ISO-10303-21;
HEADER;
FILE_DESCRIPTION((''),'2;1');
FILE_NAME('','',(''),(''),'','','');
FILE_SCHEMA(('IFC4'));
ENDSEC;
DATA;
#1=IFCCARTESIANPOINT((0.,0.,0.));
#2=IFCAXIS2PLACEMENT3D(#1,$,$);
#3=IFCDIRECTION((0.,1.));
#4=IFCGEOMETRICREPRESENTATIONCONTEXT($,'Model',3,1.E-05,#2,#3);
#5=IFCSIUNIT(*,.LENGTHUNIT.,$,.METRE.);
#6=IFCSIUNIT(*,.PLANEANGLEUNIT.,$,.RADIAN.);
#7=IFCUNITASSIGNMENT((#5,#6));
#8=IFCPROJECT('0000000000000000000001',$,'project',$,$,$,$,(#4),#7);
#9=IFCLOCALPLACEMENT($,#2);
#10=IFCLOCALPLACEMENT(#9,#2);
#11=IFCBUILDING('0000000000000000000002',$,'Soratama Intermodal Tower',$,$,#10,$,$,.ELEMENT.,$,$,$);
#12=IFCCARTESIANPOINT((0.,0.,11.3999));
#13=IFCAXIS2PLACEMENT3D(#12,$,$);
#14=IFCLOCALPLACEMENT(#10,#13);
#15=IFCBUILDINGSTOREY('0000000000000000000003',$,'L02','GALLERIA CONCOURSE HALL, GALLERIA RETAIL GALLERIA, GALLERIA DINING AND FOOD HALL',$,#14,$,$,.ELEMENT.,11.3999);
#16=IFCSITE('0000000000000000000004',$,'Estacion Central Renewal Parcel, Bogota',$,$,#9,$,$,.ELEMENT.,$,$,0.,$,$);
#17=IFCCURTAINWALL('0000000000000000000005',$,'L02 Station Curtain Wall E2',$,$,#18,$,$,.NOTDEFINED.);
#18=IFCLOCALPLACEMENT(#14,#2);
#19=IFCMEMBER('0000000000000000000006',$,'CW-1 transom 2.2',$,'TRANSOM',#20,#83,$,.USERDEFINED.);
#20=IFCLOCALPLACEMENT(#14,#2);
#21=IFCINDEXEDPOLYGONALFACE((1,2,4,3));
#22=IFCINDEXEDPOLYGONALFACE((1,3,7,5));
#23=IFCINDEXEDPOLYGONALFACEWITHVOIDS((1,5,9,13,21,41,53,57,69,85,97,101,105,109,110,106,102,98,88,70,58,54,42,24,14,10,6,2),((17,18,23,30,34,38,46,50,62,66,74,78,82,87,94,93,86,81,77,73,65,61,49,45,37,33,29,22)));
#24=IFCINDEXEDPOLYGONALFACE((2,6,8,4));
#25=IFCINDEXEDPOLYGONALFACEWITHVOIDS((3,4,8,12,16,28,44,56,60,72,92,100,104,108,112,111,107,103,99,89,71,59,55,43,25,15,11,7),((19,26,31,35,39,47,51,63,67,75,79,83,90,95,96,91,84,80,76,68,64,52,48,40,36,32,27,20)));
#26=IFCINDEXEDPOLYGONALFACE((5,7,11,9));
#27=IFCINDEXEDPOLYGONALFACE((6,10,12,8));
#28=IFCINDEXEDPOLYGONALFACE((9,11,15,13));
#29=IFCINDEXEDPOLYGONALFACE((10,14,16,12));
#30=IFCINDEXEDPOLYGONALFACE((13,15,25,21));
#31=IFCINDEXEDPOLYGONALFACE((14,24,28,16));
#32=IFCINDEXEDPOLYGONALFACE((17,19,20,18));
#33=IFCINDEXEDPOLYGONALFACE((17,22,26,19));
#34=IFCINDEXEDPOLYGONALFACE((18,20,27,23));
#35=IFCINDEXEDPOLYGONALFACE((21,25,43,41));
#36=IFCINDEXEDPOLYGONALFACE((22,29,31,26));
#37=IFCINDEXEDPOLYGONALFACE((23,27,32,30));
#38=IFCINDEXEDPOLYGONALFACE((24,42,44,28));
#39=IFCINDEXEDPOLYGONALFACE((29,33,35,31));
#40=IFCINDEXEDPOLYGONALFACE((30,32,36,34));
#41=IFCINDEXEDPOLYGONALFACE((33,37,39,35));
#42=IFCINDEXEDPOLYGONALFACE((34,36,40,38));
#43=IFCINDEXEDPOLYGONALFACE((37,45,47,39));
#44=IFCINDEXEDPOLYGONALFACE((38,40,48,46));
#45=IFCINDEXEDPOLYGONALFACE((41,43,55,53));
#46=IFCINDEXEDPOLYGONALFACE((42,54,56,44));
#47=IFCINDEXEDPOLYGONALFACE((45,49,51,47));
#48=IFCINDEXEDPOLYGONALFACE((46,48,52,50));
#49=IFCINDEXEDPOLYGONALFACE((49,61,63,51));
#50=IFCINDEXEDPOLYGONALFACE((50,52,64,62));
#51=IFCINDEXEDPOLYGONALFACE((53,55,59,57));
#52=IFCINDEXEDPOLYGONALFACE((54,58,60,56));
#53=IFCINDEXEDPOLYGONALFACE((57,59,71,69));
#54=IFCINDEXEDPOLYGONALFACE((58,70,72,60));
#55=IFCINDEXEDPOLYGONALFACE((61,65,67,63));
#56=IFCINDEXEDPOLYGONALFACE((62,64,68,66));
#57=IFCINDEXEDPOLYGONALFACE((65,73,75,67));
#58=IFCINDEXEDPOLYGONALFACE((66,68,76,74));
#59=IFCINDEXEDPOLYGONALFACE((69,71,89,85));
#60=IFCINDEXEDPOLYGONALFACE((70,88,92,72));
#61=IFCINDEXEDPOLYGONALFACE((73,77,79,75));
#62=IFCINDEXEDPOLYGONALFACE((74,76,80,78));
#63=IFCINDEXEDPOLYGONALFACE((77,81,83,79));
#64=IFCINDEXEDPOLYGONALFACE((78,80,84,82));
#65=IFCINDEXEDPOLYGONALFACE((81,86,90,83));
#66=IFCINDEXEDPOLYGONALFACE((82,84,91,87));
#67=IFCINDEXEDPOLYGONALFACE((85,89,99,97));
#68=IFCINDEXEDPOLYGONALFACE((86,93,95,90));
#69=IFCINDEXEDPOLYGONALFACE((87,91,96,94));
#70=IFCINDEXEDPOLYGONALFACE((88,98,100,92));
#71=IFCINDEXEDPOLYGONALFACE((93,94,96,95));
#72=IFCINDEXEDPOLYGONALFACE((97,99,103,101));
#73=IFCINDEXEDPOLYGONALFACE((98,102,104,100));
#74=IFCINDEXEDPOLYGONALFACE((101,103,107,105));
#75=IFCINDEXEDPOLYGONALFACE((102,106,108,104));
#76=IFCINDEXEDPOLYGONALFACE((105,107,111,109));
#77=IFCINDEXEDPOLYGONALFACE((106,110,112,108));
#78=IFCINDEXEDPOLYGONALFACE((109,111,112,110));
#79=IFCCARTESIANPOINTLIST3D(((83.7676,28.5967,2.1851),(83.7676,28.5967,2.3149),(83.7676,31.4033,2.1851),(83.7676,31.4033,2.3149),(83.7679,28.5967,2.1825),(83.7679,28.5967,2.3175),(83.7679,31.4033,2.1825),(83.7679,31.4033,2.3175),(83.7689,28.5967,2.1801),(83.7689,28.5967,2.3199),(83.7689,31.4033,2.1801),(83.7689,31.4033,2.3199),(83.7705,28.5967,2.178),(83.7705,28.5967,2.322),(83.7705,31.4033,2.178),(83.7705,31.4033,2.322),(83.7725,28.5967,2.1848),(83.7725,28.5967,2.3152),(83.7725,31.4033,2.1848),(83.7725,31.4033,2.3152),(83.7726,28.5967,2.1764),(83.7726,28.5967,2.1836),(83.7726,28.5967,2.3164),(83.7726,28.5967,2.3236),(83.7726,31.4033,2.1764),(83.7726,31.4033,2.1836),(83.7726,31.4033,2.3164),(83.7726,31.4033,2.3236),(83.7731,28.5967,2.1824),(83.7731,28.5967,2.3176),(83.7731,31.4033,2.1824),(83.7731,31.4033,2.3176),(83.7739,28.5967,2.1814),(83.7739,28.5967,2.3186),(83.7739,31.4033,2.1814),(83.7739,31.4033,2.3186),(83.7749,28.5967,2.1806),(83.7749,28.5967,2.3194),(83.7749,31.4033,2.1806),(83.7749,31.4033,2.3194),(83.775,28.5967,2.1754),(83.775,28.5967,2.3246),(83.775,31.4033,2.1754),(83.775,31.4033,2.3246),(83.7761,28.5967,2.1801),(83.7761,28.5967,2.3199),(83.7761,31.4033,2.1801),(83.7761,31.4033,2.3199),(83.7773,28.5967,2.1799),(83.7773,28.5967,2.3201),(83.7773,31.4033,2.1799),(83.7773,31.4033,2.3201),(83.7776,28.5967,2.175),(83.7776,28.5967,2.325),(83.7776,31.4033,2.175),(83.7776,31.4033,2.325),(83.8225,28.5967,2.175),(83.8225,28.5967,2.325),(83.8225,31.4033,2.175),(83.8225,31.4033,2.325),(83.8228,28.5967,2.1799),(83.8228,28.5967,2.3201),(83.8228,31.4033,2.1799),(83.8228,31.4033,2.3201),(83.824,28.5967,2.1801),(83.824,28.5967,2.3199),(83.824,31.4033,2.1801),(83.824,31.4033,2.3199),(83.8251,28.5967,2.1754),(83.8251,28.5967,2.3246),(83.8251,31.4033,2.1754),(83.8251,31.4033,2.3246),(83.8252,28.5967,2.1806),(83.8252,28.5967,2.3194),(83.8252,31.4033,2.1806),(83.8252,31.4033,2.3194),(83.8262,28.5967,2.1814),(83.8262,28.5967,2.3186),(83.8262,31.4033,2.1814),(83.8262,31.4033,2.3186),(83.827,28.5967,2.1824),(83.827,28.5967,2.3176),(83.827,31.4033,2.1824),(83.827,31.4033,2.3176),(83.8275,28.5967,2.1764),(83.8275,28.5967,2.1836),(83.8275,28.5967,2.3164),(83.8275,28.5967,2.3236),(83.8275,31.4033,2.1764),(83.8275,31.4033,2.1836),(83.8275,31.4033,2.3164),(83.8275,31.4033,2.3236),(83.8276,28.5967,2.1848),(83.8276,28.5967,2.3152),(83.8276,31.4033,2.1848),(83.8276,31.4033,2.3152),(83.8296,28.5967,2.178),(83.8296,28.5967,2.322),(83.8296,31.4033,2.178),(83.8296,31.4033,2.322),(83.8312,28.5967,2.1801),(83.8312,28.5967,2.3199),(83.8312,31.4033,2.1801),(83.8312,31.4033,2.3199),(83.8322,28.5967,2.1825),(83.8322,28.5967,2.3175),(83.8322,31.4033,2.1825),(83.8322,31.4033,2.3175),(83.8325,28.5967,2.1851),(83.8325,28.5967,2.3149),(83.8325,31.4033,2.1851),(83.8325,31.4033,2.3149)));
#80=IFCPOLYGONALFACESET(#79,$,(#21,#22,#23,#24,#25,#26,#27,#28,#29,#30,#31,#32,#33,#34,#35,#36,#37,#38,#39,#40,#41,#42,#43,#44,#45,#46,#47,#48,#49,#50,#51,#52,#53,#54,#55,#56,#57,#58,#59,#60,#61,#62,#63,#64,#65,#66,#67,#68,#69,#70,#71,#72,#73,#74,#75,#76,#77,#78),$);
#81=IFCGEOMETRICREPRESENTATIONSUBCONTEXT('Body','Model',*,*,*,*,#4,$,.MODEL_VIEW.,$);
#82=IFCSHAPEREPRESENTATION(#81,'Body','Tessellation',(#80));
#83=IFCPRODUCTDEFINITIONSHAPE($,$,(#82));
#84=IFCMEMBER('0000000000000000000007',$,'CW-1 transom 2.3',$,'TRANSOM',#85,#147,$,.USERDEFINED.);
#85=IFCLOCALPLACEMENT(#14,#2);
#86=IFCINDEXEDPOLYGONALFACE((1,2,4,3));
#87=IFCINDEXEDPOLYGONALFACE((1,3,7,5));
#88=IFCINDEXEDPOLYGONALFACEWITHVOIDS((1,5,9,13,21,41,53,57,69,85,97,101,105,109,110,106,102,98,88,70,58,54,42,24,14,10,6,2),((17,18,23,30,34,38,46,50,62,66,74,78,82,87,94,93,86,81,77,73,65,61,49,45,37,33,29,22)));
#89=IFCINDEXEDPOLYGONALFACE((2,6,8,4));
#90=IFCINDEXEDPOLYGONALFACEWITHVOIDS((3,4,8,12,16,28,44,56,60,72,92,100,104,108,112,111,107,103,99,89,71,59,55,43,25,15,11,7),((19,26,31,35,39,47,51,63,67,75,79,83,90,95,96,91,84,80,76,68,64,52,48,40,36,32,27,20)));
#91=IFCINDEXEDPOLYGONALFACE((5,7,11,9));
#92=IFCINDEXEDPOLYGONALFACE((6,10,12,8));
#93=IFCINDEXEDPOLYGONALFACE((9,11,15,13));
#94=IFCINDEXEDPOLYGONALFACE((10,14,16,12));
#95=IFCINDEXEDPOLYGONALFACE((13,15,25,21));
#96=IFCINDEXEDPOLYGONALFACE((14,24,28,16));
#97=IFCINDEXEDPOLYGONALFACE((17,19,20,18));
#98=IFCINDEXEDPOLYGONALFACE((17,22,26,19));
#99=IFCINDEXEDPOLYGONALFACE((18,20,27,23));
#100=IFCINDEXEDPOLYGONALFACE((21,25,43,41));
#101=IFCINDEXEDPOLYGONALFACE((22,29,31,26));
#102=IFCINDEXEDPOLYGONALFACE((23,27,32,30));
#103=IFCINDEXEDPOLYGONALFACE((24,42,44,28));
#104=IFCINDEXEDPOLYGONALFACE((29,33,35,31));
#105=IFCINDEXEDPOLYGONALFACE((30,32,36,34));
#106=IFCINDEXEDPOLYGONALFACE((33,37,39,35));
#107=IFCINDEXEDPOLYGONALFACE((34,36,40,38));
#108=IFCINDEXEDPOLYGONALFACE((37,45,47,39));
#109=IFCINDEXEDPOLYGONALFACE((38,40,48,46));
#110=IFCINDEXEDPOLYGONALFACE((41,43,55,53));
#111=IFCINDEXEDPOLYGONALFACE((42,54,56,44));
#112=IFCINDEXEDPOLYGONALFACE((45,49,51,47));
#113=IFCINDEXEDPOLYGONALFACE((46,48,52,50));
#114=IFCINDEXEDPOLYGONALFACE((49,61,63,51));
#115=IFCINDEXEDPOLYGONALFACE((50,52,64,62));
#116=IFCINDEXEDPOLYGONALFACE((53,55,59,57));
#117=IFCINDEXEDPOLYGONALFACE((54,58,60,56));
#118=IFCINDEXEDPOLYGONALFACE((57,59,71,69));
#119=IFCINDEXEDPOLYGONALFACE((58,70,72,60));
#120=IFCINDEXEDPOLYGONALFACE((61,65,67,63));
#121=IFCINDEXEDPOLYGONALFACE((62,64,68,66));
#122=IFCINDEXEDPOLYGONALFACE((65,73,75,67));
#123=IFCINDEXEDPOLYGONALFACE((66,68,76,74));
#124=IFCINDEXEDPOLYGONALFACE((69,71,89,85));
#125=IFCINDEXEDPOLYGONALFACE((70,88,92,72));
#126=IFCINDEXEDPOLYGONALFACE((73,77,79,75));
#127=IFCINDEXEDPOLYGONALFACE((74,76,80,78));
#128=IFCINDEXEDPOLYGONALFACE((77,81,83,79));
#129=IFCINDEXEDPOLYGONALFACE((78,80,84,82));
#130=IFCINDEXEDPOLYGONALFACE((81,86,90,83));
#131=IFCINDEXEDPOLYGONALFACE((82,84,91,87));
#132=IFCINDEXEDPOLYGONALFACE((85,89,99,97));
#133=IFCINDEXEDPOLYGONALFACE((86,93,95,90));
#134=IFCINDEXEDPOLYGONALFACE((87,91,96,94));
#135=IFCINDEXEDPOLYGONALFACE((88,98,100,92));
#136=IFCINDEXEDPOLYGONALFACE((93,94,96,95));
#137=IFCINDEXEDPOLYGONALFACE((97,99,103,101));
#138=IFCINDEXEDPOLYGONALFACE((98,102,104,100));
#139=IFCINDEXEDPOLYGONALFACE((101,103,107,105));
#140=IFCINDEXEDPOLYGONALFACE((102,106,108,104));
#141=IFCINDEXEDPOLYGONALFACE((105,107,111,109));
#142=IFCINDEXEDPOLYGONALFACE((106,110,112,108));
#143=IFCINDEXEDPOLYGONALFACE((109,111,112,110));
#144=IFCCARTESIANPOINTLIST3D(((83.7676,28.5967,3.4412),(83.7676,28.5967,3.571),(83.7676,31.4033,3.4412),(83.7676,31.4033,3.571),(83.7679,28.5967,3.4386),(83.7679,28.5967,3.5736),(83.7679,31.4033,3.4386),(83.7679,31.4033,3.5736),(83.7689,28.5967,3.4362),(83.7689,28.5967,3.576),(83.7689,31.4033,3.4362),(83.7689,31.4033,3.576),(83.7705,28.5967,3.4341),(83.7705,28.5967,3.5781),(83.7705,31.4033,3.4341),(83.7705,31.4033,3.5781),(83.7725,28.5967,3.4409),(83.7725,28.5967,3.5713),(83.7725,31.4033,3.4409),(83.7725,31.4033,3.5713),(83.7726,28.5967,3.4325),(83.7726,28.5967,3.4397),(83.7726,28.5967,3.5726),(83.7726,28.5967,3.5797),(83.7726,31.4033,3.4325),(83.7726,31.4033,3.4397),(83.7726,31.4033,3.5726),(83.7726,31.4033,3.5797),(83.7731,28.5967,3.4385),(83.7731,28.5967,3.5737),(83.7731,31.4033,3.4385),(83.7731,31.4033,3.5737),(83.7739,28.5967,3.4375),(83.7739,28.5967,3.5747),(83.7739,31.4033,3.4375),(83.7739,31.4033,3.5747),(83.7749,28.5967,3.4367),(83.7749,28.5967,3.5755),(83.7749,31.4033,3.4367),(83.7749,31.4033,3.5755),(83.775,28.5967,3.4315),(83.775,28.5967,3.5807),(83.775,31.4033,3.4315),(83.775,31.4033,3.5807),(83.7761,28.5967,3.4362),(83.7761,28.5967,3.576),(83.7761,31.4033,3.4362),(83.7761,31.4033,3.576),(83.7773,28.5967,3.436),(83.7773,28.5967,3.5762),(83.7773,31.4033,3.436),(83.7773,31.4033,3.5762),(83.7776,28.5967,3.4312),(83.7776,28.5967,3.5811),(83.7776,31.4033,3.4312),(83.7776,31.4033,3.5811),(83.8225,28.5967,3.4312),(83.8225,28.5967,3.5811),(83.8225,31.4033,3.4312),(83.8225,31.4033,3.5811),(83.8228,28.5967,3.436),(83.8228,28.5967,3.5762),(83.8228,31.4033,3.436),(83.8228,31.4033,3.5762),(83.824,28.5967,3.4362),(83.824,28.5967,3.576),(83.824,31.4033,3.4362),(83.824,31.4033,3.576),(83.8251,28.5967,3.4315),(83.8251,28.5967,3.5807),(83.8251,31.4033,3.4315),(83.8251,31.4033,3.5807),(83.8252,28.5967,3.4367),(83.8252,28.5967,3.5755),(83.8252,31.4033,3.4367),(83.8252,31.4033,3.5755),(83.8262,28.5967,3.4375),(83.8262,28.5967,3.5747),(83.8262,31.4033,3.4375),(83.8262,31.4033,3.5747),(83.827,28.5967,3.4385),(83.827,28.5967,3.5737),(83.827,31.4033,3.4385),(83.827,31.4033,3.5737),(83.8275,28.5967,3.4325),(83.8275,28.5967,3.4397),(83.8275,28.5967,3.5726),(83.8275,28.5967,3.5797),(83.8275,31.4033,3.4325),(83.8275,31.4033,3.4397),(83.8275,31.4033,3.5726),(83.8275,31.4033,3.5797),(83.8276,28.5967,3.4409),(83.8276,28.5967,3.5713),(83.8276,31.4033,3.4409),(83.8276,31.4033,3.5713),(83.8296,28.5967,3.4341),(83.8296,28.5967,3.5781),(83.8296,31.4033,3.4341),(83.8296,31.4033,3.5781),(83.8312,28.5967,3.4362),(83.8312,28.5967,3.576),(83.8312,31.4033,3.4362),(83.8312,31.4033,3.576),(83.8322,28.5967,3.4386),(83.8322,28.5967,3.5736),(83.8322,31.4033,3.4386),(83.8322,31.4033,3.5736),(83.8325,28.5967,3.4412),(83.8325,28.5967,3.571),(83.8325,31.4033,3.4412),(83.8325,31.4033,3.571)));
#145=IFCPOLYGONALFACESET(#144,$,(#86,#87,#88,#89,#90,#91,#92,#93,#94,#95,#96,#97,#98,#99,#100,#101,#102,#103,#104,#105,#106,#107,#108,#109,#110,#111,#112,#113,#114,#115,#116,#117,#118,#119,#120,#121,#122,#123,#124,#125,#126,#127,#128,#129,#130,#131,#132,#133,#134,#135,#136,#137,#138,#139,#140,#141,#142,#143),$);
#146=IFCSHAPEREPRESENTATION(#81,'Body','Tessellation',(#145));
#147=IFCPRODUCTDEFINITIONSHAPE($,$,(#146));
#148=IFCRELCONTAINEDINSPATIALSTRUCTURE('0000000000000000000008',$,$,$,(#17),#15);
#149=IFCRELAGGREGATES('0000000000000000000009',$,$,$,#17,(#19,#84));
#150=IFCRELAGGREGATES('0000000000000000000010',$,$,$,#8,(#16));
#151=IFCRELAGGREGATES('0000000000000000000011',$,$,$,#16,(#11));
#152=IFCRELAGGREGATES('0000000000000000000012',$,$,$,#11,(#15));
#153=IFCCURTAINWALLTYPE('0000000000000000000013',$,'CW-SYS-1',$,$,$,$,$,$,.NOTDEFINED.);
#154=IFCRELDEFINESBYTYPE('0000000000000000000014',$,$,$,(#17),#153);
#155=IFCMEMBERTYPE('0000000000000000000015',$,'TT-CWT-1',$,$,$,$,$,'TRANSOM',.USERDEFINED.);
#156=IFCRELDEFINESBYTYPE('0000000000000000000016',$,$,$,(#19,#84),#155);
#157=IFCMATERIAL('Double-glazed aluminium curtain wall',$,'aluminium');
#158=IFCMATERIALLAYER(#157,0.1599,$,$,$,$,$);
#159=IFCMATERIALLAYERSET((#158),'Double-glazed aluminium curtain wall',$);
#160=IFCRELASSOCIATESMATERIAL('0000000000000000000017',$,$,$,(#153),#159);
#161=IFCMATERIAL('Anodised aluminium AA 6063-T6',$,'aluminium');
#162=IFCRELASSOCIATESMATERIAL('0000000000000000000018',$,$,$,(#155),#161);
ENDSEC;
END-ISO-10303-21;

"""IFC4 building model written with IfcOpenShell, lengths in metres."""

from ifc_helpers import new_model, si_unit, direction, frame, origin, origin_2d, place, context, subcontext, project, spatial, hollow_rectangle, extrude, material, layer, layer_set, material_profile, profile_set, type_object, element, aggregate, save


model = new_model("IFC4")

# Units and contexts
model_context = context("Model", 3, precision=1e-05, world=origin(), true_north=direction((0.0, 1.0)))
body_context = subcontext(model_context, "Body", "Model", "MODEL_VIEW")
ifc_project = project(units=[si_unit("LENGTHUNIT", "METRE"), si_unit("PLANEANGLEUNIT", "RADIAN")], contexts=[model_context])

# Site, building, storey
site_placement = place(None, origin())
site = spatial("IfcSite", under=ifc_project, at=site_placement, Name="Estacion Central Renewal Parcel, Bogota", CompositionType="ELEMENT", RefElevation=0.0)
building_placement = place(site_placement, origin())
building = spatial("IfcBuilding", under=site, at=building_placement, Name="Soratama Intermodal Tower", CompositionType="ELEMENT")
storey_placement = place(building_placement, frame((0.0, 0.0, 11.3999)))
storey = spatial("IfcBuildingStorey", under=building, at=storey_placement, Name="L02", Description="GALLERIA CONCOURSE HALL, GALLERIA RETAIL GALLERIA, GALLERIA DINING AND FOOD HALL", CompositionType="ELEMENT", Elevation=11.3999)

# Curtain wall, members
ifc_material_1 = material(Name="Double-glazed aluminium curtain wall", Category="aluminium")
ifc_layer_1 = layer(ifc_material_1, 0.1599)
ifc_layer_set_1 = layer_set([ifc_layer_1], Name="Double-glazed aluminium curtain wall")
curtain_wall_type = type_object("IfcCurtainWallType", Name="CW-SYS-1", PredefinedType="NOTDEFINED", material=ifc_layer_set_1)
curtain_wall_placement = place(storey_placement, origin())
curtain_wall = element("IfcCurtainWall", 1, at=curtain_wall_placement, inside=storey, type_object=curtain_wall_type, Name="L02 Station Curtain Wall E2", PredefinedType="NOTDEFINED")
ifc_material_2 = material(Name="Anodised aluminium AA 6063-T6", Category="aluminium")
ifc_material_profile_1 = material_profile(ifc_material_2, hollow_rectangle(XDim=0.0649, YDim=0.1499, WallThickness=0.0049, InnerFilletRadius=0.0049, OuterFilletRadius=0.01, at=origin_2d()), Name="CWT150X65X5")
ifc_profile_set_1 = profile_set([ifc_material_profile_1], Name="Anodised aluminium AA 6063-T6")
member_type_1 = type_object("IfcMemberType", Name="TT-CWT-1", ElementType="TRANSOM", PredefinedType="USERDEFINED", material=ifc_profile_set_1)
member_1_placement = place(storey_placement, frame((83.8, 28.5967, 2.25), z_axis=(0.0, 1.0, 0.0), x_axis=(-1.0, 0.0, 0.0)))
member_1 = element("IfcMember", 2, at=member_1_placement, type_object=member_type_1, Name="CW-1 transom 2.2", ObjectType="TRANSOM", PredefinedType="USERDEFINED", context=body_context, shape_type="SweptSolid", body=[
    extrude(hollow_rectangle(XDim=0.0649, YDim=0.1499, WallThickness=0.0049, InnerFilletRadius=0.0049, OuterFilletRadius=0.01, at=origin_2d()), origin(), (0.0, 0.0, 1.0), 2.8066),
])
member_2_placement = place(storey_placement, frame((83.8, 28.5967, 3.5061), z_axis=(0.0, 1.0, 0.0), x_axis=(-1.0, 0.0, 0.0)))
member_2 = element("IfcMember", 3, at=member_2_placement, type_object=member_type_1, Name="CW-1 transom 2.3", ObjectType="TRANSOM", PredefinedType="USERDEFINED", context=body_context, shape_type="SweptSolid", body=[
    extrude(hollow_rectangle(XDim=0.0649, YDim=0.1499, WallThickness=0.0049, InnerFilletRadius=0.0049, OuterFilletRadius=0.01, at=origin_2d()), origin(), (0.0, 0.0, 1.0), 2.8066),
])
aggregate(curtain_wall, [member_1, member_2])

save(model, "model.ifc")
